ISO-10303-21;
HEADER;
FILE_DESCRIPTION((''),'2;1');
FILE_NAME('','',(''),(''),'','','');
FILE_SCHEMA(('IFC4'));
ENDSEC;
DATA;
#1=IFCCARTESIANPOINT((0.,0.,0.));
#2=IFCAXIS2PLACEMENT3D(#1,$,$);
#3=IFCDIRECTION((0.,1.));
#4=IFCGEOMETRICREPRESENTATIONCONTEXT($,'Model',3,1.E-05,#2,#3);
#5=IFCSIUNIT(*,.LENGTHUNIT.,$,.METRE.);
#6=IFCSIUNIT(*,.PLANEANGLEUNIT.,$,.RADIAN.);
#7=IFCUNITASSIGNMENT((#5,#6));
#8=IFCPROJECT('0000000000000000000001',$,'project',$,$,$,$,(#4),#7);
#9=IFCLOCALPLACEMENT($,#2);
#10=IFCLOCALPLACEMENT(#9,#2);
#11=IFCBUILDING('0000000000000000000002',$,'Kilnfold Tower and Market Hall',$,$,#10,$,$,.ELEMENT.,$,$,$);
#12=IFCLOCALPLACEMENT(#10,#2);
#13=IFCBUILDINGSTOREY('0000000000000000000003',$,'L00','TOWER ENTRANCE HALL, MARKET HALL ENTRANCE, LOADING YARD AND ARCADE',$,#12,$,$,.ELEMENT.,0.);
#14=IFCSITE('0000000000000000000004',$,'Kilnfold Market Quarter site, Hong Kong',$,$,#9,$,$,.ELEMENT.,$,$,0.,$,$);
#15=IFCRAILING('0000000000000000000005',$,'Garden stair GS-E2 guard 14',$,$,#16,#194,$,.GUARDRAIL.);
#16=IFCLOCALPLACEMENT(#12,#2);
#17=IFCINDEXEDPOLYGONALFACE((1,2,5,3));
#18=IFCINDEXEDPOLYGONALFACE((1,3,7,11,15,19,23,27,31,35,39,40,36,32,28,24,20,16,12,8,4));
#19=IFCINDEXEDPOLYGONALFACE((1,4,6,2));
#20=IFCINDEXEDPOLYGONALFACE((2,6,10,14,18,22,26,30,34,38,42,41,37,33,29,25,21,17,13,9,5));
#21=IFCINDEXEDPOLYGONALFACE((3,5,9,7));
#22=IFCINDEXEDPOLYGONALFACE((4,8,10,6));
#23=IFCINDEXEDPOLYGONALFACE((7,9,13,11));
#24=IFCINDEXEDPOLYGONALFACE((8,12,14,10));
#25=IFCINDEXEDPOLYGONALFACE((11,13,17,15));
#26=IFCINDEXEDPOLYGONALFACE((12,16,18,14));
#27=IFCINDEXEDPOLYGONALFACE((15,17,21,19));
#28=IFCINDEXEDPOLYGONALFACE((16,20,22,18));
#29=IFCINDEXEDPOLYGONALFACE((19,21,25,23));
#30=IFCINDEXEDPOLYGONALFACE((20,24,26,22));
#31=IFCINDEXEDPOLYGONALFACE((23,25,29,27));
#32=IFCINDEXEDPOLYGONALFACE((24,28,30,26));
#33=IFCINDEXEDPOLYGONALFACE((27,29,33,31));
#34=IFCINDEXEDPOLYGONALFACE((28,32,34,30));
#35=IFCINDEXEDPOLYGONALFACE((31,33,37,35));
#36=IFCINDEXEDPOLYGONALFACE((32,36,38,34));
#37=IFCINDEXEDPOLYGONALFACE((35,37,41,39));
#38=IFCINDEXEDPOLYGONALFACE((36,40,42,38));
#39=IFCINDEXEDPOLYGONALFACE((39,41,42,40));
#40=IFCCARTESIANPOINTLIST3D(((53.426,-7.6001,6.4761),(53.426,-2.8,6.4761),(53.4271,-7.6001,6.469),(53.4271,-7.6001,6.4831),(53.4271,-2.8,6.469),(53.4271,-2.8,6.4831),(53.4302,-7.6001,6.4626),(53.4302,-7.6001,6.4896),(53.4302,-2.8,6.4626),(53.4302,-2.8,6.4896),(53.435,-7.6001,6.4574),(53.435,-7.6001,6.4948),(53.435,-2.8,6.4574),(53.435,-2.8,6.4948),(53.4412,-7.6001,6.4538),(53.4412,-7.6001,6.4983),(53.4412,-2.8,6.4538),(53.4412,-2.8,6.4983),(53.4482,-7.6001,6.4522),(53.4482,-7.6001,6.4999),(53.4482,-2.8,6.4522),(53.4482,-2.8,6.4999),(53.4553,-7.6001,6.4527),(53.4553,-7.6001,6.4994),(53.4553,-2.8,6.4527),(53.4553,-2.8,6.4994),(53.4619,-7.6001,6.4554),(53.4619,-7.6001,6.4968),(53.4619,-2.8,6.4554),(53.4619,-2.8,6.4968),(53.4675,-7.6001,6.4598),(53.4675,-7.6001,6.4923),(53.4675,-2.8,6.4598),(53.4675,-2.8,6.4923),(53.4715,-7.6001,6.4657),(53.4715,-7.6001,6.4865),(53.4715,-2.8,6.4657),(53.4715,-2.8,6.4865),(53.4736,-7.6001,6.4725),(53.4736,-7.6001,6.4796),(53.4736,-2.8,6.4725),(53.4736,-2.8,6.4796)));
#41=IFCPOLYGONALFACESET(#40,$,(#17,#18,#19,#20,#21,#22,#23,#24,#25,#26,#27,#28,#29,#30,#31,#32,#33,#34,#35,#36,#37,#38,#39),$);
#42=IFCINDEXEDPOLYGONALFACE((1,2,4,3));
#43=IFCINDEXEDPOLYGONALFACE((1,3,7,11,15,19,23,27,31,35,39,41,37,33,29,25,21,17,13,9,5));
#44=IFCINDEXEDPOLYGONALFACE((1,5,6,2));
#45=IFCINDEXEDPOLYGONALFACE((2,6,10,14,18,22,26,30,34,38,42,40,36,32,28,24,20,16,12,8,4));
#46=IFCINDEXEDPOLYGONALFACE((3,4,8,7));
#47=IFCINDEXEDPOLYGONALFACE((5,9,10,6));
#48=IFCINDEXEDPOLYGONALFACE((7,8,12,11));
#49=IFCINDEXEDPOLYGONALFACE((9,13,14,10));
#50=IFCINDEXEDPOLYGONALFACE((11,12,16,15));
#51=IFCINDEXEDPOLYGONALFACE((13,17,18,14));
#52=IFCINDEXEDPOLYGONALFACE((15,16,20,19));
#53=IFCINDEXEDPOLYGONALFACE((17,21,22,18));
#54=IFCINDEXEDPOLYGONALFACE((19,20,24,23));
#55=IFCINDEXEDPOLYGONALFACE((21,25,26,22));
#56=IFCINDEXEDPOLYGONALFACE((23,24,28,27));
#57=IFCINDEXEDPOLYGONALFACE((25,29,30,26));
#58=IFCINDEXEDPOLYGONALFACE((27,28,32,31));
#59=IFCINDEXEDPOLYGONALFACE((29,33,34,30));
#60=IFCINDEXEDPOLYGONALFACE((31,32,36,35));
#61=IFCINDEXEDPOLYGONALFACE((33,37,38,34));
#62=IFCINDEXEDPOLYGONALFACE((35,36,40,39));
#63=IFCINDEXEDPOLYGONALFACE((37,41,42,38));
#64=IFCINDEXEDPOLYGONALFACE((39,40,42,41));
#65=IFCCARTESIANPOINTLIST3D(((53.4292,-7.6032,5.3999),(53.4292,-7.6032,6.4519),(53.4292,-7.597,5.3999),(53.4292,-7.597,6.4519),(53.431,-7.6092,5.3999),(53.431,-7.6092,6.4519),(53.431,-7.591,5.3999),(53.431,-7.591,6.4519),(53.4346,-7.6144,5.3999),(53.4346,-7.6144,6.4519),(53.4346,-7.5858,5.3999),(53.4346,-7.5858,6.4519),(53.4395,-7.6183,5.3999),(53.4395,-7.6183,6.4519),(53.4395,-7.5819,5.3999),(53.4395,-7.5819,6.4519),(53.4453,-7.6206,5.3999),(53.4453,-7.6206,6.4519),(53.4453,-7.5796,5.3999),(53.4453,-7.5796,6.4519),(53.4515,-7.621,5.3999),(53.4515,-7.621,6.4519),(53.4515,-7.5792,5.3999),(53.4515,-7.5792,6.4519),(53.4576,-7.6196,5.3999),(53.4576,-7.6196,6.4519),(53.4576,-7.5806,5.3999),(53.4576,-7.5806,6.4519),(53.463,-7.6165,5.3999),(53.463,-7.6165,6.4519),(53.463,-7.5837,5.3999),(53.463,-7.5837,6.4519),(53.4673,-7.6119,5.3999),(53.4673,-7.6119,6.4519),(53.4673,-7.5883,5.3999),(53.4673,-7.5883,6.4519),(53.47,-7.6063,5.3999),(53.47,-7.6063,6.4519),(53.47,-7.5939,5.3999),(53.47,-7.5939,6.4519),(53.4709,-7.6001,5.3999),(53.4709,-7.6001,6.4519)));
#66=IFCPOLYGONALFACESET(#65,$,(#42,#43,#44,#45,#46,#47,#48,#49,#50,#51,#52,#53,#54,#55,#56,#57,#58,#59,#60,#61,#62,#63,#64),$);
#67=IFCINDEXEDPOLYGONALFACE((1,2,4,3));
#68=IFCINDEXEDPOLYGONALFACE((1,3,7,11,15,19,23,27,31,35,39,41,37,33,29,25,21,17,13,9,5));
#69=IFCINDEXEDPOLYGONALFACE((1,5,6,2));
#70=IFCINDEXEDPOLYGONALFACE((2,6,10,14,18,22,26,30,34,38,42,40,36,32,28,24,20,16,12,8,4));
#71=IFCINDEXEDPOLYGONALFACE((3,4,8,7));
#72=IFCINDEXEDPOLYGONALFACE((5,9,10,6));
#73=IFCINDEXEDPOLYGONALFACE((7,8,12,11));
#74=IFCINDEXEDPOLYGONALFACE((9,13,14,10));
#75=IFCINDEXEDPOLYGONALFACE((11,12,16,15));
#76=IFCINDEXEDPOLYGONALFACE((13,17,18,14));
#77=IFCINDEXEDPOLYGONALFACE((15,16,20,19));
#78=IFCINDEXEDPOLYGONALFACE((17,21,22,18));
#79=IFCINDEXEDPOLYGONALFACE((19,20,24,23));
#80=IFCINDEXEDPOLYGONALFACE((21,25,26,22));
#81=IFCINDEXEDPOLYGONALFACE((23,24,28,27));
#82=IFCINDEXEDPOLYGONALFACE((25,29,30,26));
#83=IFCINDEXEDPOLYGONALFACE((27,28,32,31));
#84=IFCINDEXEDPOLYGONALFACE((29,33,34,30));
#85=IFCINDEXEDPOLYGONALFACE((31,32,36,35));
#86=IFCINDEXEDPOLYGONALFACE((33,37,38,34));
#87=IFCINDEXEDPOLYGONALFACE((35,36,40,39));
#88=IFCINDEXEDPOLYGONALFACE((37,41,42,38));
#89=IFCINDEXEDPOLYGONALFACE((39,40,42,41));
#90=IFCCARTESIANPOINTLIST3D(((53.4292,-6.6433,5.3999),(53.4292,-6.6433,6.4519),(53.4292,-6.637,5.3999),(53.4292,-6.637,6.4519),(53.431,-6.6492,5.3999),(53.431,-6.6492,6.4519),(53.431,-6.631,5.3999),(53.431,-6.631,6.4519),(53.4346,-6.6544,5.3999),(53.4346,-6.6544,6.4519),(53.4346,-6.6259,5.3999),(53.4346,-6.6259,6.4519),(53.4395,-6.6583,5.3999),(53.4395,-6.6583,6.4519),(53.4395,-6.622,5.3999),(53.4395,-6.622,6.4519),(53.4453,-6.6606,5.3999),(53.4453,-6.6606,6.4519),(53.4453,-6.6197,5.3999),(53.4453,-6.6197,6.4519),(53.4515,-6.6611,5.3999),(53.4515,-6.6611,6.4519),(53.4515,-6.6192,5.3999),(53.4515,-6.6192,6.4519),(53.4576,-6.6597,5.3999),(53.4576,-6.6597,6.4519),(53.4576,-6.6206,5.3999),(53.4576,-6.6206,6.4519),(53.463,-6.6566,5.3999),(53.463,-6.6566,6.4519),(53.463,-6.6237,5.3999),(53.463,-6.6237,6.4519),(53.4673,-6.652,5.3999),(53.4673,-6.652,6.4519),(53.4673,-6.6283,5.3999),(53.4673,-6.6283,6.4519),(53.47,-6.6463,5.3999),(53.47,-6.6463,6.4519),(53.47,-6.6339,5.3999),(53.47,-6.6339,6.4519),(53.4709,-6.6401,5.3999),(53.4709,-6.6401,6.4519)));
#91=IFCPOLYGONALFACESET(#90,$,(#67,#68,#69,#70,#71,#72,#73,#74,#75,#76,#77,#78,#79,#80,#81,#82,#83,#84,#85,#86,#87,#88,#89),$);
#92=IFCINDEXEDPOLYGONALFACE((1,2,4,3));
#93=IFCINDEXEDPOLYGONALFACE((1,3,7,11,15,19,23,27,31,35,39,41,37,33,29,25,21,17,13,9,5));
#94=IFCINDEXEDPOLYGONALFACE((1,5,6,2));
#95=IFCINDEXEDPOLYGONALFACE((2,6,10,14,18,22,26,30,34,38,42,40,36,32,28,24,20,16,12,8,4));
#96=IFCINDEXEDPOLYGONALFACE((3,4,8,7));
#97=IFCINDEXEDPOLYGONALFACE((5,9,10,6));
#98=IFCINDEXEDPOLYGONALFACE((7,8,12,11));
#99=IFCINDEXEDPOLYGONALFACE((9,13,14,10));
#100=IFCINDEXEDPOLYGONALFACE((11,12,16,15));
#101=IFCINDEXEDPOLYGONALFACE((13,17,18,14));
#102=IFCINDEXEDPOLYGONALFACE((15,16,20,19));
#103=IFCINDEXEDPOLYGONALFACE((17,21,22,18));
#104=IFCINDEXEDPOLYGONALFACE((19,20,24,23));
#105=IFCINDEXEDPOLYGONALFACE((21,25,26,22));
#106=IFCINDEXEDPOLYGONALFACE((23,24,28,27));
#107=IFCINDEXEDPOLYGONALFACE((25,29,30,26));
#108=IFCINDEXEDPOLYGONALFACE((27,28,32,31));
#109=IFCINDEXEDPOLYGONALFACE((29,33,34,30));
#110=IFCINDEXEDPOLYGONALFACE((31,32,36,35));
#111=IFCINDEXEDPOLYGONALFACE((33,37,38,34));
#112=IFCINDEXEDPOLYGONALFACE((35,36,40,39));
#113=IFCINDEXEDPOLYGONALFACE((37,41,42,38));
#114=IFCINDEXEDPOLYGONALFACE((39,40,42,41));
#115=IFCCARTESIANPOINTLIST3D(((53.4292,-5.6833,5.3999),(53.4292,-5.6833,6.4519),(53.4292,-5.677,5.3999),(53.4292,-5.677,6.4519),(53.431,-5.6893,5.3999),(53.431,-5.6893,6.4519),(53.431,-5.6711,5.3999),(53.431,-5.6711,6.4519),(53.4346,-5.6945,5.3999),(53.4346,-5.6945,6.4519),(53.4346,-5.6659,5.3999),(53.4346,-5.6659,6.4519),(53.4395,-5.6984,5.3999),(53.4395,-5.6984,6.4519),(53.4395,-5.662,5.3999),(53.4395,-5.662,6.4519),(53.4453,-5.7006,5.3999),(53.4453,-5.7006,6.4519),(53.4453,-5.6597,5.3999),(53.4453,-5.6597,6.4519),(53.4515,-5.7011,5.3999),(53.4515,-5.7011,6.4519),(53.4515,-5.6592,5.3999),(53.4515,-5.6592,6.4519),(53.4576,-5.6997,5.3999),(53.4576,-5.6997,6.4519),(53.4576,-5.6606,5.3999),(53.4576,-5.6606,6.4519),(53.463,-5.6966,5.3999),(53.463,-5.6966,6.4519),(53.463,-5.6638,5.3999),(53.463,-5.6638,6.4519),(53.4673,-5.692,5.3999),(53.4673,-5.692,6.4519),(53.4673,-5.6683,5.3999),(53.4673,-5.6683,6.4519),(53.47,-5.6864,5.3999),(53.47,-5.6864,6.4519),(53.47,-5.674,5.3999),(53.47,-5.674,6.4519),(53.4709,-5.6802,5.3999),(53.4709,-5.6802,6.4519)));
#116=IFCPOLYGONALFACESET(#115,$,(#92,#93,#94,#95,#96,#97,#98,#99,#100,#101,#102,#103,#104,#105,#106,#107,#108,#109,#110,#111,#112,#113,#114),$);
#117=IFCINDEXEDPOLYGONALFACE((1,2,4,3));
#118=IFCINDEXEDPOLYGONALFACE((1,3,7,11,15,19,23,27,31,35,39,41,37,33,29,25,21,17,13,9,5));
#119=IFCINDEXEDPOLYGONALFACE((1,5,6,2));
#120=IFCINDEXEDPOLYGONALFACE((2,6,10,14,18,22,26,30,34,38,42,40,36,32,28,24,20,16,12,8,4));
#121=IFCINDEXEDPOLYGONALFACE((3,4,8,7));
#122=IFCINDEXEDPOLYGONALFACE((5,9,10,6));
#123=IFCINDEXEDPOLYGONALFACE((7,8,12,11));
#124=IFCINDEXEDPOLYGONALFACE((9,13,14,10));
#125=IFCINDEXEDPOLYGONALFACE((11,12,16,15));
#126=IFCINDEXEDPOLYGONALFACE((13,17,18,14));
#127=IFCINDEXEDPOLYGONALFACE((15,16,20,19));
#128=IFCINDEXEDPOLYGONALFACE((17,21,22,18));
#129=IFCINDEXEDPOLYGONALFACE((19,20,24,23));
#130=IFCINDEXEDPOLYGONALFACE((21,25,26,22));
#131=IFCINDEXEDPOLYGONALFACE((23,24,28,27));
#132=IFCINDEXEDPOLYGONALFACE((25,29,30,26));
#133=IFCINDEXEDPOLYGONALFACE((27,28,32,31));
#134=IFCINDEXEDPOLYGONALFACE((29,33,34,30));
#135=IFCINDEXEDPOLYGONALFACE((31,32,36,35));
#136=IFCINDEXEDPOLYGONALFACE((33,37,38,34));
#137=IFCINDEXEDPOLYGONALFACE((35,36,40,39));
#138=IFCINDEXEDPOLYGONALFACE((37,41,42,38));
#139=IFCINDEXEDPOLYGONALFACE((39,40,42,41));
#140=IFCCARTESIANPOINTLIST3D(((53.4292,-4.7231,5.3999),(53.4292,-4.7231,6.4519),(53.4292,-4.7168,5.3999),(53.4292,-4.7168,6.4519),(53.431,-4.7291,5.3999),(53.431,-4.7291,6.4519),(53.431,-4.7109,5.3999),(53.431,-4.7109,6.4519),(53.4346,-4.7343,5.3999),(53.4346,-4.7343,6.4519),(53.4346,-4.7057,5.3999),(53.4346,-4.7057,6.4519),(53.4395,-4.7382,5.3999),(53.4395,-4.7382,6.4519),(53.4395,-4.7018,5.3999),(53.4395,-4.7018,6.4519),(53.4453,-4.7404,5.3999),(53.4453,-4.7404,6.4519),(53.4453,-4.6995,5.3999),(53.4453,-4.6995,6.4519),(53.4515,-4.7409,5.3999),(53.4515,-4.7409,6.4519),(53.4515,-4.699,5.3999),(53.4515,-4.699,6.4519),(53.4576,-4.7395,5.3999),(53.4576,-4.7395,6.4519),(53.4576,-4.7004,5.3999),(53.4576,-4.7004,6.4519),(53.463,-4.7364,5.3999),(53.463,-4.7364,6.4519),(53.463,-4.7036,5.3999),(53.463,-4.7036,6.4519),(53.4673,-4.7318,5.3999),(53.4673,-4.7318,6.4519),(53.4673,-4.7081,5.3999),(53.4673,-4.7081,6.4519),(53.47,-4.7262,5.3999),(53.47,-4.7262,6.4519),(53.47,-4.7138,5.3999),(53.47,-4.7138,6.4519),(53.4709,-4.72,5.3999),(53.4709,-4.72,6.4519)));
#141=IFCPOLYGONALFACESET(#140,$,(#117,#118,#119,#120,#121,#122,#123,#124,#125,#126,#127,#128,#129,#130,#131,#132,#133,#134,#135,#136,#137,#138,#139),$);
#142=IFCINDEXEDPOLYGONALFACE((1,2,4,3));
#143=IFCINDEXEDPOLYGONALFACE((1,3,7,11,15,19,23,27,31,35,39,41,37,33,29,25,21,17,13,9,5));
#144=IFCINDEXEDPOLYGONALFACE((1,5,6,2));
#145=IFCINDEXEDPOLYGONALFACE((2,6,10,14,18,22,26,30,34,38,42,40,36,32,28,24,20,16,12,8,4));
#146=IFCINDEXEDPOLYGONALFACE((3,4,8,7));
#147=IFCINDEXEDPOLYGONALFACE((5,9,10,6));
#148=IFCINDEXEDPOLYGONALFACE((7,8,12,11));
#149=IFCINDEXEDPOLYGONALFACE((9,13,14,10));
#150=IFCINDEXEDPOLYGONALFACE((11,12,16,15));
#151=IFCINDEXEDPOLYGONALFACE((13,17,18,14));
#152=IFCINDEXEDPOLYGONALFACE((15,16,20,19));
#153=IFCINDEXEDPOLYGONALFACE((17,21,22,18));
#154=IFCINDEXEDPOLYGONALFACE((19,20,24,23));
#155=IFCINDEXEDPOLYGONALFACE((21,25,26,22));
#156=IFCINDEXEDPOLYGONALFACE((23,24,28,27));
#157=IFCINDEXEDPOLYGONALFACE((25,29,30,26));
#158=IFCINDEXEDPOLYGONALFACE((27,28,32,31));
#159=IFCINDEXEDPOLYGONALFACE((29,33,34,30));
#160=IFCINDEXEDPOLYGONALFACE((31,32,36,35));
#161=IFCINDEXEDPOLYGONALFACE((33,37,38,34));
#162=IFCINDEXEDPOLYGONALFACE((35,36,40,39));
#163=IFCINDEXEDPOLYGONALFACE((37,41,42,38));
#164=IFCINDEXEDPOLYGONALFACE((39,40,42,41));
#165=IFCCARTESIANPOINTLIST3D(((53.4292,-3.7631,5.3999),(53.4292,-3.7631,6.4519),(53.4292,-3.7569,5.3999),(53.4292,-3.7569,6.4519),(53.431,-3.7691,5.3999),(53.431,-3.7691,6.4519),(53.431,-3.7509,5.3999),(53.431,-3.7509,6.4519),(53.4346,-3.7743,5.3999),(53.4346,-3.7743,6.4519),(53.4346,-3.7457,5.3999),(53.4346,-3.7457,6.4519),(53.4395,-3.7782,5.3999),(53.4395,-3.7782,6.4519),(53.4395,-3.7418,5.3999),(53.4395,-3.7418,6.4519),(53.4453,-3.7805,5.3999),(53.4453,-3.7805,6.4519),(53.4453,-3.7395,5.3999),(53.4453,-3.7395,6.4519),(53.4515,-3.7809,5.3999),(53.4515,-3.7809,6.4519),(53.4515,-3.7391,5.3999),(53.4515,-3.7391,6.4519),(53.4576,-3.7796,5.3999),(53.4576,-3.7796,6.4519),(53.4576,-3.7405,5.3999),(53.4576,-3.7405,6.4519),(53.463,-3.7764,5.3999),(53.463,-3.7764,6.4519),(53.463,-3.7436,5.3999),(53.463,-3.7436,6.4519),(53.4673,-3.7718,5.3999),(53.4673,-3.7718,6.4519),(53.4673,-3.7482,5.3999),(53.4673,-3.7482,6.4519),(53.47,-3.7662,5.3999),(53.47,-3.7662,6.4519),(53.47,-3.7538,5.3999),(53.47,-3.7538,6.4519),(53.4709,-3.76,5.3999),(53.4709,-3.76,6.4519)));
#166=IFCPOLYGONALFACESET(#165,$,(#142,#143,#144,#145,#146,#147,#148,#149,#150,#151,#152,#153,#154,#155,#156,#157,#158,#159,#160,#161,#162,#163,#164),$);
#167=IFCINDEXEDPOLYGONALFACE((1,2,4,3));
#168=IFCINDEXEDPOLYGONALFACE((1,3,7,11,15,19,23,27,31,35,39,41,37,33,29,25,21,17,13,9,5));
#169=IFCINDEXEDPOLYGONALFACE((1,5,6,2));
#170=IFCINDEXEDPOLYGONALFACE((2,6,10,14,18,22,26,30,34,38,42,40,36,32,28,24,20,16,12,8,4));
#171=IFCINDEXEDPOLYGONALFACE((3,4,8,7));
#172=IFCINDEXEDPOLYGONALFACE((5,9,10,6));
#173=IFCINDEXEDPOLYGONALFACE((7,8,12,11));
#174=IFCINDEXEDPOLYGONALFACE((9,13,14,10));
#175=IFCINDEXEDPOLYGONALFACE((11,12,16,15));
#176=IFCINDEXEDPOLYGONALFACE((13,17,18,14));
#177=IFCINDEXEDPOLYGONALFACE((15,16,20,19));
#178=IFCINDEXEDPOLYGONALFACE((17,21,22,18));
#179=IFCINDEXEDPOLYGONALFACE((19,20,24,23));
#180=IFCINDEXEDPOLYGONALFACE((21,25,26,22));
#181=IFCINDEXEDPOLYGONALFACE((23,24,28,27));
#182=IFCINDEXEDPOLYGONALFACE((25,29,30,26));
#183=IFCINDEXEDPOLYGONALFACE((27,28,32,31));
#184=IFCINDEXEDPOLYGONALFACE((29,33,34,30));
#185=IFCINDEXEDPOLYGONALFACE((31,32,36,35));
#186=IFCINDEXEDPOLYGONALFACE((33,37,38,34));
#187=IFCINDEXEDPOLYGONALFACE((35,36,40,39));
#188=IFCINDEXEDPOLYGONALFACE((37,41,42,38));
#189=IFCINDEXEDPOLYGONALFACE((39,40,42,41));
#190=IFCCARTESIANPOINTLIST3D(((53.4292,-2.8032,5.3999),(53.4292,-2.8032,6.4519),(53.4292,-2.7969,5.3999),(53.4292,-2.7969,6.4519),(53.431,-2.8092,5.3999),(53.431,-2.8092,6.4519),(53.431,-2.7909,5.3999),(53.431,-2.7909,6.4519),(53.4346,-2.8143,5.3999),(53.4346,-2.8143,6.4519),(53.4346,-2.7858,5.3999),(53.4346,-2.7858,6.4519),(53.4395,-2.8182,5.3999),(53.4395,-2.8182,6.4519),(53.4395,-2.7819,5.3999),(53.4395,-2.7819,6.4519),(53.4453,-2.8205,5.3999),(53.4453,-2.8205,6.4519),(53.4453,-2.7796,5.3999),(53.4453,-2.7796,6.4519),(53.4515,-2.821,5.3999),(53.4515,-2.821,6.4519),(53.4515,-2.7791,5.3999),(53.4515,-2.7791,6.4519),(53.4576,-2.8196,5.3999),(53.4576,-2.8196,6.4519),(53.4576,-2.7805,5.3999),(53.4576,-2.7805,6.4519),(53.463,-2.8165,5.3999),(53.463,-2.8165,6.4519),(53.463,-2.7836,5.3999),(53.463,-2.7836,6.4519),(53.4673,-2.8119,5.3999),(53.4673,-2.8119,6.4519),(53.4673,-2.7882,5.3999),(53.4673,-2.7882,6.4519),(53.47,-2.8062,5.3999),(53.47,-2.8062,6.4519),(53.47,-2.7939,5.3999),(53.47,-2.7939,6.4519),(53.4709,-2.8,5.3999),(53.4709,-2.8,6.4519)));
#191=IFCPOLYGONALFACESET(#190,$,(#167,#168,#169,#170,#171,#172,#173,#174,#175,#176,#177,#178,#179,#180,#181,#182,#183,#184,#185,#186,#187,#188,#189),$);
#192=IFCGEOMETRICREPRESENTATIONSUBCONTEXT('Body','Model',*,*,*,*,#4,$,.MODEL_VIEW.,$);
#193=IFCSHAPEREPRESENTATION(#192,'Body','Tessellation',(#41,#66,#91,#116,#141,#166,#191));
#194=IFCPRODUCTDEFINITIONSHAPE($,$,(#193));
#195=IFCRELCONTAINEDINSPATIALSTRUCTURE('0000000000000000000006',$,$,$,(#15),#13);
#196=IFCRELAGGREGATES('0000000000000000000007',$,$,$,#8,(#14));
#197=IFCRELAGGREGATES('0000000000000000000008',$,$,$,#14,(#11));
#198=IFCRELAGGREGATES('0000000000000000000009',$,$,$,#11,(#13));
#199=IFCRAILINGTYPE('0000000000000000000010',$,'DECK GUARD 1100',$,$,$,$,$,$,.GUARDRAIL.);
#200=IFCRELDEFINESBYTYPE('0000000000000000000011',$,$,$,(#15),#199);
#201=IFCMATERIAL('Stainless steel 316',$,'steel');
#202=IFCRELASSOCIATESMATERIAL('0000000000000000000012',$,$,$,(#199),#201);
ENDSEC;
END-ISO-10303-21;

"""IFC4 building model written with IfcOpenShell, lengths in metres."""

from ifc_helpers import new_model, si_unit, direction, frame, origin, origin_2d, place, context, subcontext, project, spatial, circle, extrude, material, type_object, element, save


model = new_model("IFC4")

# Units and contexts
model_context = context("Model", 3, precision=1e-05, world=origin(), true_north=direction((0.0, 1.0)))
body_context = subcontext(model_context, "Body", "Model", "MODEL_VIEW")
ifc_project = project(units=[si_unit("LENGTHUNIT", "METRE"), si_unit("PLANEANGLEUNIT", "RADIAN")], contexts=[model_context])

# Site, building, storey
site_placement = place(None, origin())
site = spatial("IfcSite", under=ifc_project, at=site_placement, Name="Kilnfold Market Quarter site, Hong Kong", CompositionType="ELEMENT", RefElevation=0.0)
building_placement = place(site_placement, origin())
building = spatial("IfcBuilding", under=site, at=building_placement, Name="Kilnfold Tower and Market Hall", CompositionType="ELEMENT")
storey_placement = place(building_placement, origin())
storey = spatial("IfcBuildingStorey", under=building, at=storey_placement, Name="L00", Description="TOWER ENTRANCE HALL, MARKET HALL ENTRANCE, LOADING YARD AND ARCADE", CompositionType="ELEMENT", Elevation=0.0)

# Railing
ifc_material_1 = material(Name="Stainless steel 316", Category="steel")
railing_type_1 = type_object("IfcRailingType", Name="DECK GUARD 1100", PredefinedType="GUARDRAIL", material=ifc_material_1)
railing_1_placement = place(storey_placement, frame((53.45, -7.6001, 5.3999)))
element("IfcRailing", 1, at=railing_1_placement, inside=storey, type_object=railing_type_1, Name="Garden stair GS-E2 guard 14", PredefinedType="GUARDRAIL", context=body_context, shape_type="SweptSolid", body=[
    extrude(circle(Radius=0.0239, at=origin_2d()), frame((0.0, 0.0, 1.0762), z_axis=(0.0, 1.0, 0.0), x_axis=(-1.0, 0.0, 0.0)), (0.0, 0.0, 1.0), 4.8),
    extrude(circle(Radius=0.021, at=origin_2d()), origin(), (0.0, 0.0, 1.0), 1.052),
    extrude(circle(Radius=0.021, at=origin_2d()), frame((0.0, 0.96, 0.0)), (0.0, 0.0, 1.0), 1.052),
    extrude(circle(Radius=0.021, at=origin_2d()), frame((0.0, 1.9199, 0.0)), (0.0, 0.0, 1.0), 1.052),
    extrude(circle(Radius=0.021, at=origin_2d()), frame((0.0, 2.8801, 0.0)), (0.0, 0.0, 1.0), 1.052),
    extrude(circle(Radius=0.021, at=origin_2d()), frame((0.0, 3.8401, 0.0)), (0.0, 0.0, 1.0), 1.052),
    extrude(circle(Radius=0.021, at=origin_2d()), frame((0.0, 4.8, 0.0)), (0.0, 0.0, 1.0), 1.052),
])

save(model, "model.ifc")
